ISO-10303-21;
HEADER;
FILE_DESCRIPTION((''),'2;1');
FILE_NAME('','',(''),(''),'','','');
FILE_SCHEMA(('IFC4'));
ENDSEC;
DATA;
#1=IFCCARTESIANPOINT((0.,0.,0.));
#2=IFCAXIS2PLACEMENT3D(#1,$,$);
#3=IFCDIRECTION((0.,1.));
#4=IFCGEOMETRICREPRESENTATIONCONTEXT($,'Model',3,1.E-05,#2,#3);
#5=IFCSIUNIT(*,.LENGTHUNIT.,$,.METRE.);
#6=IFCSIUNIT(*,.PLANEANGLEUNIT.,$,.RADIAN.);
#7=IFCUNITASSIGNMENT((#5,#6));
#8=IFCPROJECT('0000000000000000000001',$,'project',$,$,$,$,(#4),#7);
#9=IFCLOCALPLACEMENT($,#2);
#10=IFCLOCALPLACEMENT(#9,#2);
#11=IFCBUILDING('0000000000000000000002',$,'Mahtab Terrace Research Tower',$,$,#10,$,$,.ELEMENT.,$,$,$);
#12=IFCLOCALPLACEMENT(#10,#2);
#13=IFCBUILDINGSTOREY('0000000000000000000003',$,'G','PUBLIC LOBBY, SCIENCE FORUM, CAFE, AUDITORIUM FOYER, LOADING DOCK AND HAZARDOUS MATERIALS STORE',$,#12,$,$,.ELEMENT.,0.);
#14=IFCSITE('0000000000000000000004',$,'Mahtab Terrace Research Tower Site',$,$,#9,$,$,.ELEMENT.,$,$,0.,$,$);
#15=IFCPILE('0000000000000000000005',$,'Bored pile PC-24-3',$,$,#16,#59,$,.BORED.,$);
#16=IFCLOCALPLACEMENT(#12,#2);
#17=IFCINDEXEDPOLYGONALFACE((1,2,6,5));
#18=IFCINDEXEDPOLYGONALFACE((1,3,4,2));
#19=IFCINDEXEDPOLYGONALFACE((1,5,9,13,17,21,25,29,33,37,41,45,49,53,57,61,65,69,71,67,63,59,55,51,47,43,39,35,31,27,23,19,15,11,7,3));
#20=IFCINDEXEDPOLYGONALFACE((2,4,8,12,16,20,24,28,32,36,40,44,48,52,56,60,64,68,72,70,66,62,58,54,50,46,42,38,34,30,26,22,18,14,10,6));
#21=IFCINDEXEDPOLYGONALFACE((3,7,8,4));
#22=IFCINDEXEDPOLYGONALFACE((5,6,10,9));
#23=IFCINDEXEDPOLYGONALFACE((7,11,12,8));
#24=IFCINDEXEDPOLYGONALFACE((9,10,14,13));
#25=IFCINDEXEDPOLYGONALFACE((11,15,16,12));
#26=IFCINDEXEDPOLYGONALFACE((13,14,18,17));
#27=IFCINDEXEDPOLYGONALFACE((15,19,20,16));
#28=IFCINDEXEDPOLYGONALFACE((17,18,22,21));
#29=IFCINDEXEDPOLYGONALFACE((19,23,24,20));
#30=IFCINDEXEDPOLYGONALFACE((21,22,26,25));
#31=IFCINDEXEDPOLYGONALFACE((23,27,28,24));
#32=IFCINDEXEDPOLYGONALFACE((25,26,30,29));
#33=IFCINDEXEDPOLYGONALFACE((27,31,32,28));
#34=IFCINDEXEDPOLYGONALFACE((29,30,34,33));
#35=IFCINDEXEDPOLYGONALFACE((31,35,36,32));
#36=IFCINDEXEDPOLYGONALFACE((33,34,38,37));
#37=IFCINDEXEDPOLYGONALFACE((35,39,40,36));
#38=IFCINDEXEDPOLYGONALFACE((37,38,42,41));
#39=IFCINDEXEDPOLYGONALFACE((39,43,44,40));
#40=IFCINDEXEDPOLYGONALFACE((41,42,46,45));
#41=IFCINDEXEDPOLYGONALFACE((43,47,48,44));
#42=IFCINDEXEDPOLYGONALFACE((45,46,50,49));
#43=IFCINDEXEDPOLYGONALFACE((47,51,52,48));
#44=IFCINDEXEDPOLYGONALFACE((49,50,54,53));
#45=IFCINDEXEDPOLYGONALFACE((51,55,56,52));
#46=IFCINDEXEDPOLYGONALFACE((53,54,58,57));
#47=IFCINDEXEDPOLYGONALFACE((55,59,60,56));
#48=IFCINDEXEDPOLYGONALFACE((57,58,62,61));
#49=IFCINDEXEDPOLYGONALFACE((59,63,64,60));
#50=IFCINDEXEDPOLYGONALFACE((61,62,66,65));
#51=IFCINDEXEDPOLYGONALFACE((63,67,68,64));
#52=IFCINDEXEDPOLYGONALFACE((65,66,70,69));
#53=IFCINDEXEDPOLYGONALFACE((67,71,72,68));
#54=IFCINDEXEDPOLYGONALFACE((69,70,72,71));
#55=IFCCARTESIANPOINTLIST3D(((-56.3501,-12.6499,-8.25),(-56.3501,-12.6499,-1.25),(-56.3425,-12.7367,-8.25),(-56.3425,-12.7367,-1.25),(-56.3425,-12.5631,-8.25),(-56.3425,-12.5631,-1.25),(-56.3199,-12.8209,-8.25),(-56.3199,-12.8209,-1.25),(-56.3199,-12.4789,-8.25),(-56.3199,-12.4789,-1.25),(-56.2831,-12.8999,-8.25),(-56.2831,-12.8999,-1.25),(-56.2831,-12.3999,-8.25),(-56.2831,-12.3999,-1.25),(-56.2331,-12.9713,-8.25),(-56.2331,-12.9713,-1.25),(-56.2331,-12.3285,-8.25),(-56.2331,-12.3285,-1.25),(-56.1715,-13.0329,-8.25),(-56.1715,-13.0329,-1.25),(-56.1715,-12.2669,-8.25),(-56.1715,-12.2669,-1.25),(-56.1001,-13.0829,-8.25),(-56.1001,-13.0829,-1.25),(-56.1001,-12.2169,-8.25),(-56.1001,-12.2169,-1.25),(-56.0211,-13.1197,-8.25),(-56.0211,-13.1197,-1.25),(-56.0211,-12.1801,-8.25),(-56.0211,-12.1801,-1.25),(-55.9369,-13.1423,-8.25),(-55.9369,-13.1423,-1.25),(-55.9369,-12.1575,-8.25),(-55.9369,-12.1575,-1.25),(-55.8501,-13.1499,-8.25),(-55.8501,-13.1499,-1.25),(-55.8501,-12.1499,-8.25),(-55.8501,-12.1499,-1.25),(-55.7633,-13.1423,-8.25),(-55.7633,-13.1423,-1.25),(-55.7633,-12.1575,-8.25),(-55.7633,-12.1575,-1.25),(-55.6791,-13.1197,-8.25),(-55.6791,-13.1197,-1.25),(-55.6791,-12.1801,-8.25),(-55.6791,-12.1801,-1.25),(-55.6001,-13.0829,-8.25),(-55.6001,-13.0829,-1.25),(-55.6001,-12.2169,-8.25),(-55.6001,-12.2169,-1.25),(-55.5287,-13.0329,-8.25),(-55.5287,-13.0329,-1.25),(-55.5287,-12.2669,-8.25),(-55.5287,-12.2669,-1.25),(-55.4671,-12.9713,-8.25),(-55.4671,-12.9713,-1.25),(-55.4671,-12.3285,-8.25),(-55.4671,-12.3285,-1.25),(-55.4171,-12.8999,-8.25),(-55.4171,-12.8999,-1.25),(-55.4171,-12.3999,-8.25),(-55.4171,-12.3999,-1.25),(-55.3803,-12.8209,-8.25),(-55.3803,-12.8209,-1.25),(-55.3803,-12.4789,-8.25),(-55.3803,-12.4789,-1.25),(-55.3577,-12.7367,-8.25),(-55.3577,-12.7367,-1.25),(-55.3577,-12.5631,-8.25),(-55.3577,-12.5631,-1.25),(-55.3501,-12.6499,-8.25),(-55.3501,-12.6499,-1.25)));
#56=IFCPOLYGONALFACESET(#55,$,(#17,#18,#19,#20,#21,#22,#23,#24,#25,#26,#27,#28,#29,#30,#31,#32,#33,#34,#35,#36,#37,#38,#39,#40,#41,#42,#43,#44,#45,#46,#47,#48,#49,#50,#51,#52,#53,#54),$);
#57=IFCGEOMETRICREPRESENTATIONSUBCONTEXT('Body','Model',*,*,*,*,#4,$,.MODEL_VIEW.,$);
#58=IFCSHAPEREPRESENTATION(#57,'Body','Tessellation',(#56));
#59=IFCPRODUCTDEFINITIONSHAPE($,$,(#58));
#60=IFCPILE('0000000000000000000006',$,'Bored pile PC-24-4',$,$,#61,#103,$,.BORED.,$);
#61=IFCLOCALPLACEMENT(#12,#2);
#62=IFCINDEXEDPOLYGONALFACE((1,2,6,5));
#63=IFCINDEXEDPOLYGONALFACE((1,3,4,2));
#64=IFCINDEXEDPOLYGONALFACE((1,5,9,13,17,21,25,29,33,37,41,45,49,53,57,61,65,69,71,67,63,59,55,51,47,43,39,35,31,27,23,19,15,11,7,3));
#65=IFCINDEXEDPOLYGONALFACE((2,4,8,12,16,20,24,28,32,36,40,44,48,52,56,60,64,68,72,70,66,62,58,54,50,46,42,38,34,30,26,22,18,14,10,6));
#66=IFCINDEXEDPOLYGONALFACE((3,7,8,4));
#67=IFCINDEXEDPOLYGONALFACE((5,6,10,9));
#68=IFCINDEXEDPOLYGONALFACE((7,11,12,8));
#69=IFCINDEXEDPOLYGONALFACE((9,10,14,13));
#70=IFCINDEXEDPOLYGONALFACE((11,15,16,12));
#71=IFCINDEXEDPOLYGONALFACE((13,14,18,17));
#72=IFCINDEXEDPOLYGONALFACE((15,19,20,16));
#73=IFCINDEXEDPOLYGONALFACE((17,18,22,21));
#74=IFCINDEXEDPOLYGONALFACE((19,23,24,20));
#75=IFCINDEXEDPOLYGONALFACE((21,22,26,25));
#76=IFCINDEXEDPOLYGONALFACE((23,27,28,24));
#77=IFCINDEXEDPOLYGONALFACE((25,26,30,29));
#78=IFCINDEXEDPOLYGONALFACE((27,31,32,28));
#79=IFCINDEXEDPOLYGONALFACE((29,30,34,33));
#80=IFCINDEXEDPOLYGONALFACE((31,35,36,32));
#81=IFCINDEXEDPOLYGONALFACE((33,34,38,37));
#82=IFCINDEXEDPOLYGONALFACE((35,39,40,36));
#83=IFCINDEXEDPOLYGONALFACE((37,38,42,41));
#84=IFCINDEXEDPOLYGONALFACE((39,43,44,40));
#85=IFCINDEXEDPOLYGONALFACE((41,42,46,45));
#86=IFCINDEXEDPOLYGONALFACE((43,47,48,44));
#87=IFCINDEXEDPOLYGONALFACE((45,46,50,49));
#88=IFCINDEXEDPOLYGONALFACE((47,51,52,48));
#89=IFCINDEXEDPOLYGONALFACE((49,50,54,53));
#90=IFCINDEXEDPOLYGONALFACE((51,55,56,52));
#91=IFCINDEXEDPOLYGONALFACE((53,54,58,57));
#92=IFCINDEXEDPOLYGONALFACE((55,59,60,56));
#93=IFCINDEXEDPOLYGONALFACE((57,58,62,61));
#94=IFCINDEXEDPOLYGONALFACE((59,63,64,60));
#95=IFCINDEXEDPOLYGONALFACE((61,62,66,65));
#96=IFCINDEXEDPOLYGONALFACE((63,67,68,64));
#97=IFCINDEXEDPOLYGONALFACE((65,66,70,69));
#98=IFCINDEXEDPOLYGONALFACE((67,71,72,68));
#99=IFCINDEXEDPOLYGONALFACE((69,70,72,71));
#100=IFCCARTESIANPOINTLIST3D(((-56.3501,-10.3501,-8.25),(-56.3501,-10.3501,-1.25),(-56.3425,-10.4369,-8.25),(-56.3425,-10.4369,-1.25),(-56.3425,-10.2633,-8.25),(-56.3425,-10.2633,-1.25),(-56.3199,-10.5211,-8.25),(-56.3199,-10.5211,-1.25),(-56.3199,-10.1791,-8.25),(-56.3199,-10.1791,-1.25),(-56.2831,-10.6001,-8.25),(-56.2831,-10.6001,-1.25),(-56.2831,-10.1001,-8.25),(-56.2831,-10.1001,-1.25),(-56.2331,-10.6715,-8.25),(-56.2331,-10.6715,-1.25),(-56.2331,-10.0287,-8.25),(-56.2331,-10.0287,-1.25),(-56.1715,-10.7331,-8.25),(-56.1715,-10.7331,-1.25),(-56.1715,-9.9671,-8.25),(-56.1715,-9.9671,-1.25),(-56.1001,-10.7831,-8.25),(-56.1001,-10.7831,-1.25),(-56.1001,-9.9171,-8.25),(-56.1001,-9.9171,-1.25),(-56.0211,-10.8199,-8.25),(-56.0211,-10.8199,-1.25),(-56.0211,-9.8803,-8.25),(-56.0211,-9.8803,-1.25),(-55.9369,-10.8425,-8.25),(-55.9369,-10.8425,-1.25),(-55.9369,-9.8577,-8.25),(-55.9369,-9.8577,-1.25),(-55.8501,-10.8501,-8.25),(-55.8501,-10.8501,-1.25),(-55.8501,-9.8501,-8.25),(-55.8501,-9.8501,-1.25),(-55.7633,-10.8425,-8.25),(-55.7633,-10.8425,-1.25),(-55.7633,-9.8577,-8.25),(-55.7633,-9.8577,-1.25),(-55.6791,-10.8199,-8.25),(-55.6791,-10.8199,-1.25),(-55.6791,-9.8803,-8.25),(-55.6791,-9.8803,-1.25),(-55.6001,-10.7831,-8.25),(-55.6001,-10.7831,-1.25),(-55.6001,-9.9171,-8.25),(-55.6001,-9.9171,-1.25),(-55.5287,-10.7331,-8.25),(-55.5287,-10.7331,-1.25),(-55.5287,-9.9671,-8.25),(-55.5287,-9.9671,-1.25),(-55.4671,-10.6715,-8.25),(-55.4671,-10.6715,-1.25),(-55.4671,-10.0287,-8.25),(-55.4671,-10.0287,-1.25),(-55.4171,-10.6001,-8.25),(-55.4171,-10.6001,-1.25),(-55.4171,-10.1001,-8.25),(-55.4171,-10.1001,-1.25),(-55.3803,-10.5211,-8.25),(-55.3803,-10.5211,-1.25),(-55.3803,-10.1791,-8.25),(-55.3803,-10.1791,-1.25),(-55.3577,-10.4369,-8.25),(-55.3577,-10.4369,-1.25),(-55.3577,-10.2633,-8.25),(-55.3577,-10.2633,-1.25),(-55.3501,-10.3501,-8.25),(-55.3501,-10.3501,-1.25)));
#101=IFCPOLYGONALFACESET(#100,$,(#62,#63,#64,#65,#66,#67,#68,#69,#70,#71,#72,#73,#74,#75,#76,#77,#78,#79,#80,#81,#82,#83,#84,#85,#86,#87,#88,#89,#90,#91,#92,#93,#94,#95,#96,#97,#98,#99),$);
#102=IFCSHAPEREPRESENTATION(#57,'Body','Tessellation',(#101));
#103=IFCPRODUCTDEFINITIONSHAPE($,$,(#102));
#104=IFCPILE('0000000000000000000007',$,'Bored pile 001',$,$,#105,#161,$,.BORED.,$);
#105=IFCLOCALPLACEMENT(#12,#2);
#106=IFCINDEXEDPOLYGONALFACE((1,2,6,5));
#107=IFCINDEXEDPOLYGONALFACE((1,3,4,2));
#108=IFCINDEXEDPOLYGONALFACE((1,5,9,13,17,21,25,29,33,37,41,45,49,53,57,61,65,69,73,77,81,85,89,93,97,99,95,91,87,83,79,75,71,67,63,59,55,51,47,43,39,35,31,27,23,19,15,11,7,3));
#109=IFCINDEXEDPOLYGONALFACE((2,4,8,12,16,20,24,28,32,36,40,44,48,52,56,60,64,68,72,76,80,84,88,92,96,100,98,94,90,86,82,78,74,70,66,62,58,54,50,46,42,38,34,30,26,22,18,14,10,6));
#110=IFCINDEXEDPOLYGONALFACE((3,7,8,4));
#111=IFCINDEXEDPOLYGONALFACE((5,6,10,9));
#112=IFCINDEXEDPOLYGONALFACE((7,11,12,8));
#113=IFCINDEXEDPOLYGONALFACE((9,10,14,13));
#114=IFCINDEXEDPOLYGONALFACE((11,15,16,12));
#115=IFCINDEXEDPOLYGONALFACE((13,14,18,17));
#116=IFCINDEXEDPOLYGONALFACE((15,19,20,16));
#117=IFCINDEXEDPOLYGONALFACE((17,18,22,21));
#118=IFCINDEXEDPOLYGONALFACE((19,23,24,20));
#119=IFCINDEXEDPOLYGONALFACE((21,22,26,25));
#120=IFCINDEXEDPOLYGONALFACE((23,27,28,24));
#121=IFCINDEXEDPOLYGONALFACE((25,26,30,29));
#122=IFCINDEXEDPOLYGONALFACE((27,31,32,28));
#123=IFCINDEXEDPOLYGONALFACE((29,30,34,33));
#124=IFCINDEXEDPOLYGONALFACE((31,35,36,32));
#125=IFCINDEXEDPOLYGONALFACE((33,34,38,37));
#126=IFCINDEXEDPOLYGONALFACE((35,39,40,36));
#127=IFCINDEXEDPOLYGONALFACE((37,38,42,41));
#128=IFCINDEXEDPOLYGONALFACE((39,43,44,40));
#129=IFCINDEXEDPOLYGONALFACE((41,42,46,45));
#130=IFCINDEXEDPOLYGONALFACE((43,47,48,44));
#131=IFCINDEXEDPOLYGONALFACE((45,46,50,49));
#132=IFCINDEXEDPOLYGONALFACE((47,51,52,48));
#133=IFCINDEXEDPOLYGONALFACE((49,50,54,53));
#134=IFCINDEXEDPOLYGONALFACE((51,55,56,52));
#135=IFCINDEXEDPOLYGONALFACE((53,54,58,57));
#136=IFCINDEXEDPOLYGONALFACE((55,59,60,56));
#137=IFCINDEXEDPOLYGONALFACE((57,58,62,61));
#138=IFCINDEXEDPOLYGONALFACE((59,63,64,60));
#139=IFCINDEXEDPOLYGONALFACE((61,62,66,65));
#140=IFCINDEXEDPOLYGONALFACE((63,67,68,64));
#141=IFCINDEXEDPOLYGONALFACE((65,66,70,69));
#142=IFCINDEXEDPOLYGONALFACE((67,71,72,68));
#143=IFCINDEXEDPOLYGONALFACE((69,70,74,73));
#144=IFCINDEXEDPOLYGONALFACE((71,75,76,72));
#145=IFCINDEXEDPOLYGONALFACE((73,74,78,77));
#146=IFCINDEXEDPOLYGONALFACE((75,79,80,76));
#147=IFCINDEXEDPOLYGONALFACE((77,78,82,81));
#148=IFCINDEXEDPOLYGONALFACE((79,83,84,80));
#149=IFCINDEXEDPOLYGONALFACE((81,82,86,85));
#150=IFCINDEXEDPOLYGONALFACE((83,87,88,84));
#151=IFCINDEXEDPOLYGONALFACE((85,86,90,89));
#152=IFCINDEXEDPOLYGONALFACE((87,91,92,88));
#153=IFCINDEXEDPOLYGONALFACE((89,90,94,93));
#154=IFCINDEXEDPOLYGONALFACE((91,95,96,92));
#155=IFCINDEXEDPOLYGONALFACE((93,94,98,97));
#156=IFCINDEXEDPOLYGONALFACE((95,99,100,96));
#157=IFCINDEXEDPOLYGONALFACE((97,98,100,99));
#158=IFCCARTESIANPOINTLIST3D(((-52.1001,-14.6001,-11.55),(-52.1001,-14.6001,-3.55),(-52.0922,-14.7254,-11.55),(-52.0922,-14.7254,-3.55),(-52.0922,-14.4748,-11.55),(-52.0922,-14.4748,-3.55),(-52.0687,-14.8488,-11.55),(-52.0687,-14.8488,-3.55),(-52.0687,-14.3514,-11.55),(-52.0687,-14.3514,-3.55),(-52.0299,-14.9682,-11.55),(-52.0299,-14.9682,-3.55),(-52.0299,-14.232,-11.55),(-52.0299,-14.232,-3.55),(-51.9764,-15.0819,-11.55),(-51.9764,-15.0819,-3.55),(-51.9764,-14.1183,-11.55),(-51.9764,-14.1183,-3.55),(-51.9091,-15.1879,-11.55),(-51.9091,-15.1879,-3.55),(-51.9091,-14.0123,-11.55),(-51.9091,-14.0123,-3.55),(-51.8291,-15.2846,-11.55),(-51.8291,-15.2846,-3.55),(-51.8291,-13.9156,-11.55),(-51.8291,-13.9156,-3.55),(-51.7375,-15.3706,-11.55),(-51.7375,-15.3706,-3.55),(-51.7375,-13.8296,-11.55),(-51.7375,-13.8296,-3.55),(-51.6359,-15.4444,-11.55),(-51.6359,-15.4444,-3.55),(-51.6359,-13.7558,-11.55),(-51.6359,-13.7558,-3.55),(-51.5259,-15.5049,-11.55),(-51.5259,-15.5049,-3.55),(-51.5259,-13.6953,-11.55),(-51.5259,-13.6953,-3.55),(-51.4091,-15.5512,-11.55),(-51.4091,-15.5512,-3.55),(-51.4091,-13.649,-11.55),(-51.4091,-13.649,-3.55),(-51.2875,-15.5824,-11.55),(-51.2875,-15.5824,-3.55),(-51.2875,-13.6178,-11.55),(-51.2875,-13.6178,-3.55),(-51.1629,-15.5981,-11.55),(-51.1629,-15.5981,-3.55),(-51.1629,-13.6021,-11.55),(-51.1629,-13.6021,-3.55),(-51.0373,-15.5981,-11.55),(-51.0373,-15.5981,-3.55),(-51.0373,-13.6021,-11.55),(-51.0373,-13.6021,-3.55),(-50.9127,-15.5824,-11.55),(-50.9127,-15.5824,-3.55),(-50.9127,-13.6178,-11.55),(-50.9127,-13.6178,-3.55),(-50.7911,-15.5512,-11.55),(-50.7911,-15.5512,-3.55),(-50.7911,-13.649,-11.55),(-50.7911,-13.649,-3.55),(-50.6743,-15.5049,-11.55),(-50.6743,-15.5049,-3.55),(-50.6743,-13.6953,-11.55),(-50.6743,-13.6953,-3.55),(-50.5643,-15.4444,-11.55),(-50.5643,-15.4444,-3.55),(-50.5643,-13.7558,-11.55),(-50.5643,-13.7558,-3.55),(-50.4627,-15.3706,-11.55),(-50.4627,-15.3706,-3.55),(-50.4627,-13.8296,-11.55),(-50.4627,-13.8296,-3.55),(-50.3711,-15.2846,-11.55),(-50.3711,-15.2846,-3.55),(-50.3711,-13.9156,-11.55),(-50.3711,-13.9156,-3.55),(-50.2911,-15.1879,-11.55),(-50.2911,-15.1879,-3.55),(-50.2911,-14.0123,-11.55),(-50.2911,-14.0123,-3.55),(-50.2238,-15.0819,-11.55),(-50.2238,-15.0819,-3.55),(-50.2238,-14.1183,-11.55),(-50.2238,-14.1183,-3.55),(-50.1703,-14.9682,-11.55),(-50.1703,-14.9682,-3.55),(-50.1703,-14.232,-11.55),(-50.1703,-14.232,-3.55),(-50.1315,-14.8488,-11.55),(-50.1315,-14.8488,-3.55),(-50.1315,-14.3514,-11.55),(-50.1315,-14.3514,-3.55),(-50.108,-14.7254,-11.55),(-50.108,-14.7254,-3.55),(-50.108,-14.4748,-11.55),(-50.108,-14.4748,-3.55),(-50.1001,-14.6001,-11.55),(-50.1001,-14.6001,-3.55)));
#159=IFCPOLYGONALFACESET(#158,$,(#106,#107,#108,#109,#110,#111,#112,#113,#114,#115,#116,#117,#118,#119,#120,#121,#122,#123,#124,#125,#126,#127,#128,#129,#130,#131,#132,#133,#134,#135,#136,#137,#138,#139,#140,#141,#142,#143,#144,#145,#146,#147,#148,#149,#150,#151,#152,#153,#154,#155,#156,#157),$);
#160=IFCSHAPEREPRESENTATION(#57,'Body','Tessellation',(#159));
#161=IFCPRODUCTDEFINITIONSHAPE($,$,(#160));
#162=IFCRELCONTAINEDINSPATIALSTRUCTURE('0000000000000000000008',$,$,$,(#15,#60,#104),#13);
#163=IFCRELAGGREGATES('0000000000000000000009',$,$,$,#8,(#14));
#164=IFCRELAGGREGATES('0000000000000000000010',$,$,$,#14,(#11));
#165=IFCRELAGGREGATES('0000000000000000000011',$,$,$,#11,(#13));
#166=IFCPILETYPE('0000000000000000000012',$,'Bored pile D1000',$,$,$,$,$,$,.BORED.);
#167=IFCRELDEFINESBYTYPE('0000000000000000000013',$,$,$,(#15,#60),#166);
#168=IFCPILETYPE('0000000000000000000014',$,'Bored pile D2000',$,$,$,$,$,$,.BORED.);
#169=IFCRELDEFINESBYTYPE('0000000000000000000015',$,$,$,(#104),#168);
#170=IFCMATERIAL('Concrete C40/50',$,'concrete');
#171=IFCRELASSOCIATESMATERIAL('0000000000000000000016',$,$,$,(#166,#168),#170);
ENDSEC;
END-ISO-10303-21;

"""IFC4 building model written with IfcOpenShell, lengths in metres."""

from ifc_helpers import new_model, si_unit, direction, frame, origin, origin_2d, place, context, subcontext, project, spatial, circle, extrude, material, material_profile, profile_set, type_object, element, save


model = new_model("IFC4")

# Units and contexts
model_context = context("Model", 3, precision=1e-05, world=origin(), true_north=direction((0.0, 1.0)))
body_context = subcontext(model_context, "Body", "Model", "MODEL_VIEW")
ifc_project = project(units=[si_unit("LENGTHUNIT", "METRE"), si_unit("PLANEANGLEUNIT", "RADIAN")], contexts=[model_context])

# Site, building, storey
site_placement = place(None, origin())
site = spatial("IfcSite", under=ifc_project, at=site_placement, Name="Mahtab Terrace Research Tower Site", CompositionType="ELEMENT", RefElevation=0.0)
building_placement = place(site_placement, origin())
building = spatial("IfcBuilding", under=site, at=building_placement, Name="Mahtab Terrace Research Tower", CompositionType="ELEMENT")
storey_placement = place(building_placement, origin())
storey = spatial("IfcBuildingStorey", under=building, at=storey_placement, Name="G", Description="PUBLIC LOBBY, SCIENCE FORUM, CAFE, AUDITORIUM FOYER, LOADING DOCK AND HAZARDOUS MATERIALS STORE", CompositionType="ELEMENT", Elevation=0.0)

# Piles
ifc_material_1 = material(Name="Concrete C40/50", Category="concrete")
ifc_material_profile_1 = material_profile(ifc_material_1, circle(Radius=0.5, at=origin_2d()), Name="Bored pile D1000")
ifc_profile_set_1 = profile_set([ifc_material_profile_1], Name="Concrete C40/50")
pile_type_1 = type_object("IfcPileType", Name="Bored pile D1000", PredefinedType="BORED", material=ifc_profile_set_1)
for number, where, z_axis, x_axis, name in (
    (1, (-55.8501, -12.6499, -1.25), (0.0, 0.0, -1.0), (1.0, 0.0, 0.0), "Bored pile PC-24-3"),
    (2, (-55.8501, -10.3501, -1.25), (0.0, 0.0, -1.0), (1.0, 0.0, 0.0), "Bored pile PC-24-4"),
):
    element("IfcPile", number, at=place(storey_placement, frame(where, z_axis=z_axis, x_axis=x_axis)), inside=storey, type_object=pile_type_1, Name=name, PredefinedType="BORED", context=body_context, shape_type="SweptSolid", body=[
        extrude(circle(Radius=0.5, at=origin_2d()), origin(), (0.0, 0.0, 1.0), 7.0),
    ])
ifc_material_profile_2 = material_profile(ifc_material_1, circle(Radius=1.0, at=origin_2d()), Name="Bored pile D2000")
ifc_profile_set_2 = profile_set([ifc_material_profile_2], Name="Concrete C40/50")
pile_type_2 = type_object("IfcPileType", Name="Bored pile D2000", PredefinedType="BORED", material=ifc_profile_set_2)
for number, where, z_axis, x_axis, name in (
    (3, (-51.1001, -14.6001, -3.55), (0.0, 0.0, -1.0), (1.0, 0.0, 0.0), "Bored pile 001"),
):
    element("IfcPile", number, at=place(storey_placement, frame(where, z_axis=z_axis, x_axis=x_axis)), inside=storey, type_object=pile_type_2, Name=name, PredefinedType="BORED", context=body_context, shape_type="SweptSolid", body=[
        extrude(circle(Radius=1.0, at=origin_2d()), origin(), (0.0, 0.0, 1.0), 8.0),
    ])

save(model, "model.ifc")
